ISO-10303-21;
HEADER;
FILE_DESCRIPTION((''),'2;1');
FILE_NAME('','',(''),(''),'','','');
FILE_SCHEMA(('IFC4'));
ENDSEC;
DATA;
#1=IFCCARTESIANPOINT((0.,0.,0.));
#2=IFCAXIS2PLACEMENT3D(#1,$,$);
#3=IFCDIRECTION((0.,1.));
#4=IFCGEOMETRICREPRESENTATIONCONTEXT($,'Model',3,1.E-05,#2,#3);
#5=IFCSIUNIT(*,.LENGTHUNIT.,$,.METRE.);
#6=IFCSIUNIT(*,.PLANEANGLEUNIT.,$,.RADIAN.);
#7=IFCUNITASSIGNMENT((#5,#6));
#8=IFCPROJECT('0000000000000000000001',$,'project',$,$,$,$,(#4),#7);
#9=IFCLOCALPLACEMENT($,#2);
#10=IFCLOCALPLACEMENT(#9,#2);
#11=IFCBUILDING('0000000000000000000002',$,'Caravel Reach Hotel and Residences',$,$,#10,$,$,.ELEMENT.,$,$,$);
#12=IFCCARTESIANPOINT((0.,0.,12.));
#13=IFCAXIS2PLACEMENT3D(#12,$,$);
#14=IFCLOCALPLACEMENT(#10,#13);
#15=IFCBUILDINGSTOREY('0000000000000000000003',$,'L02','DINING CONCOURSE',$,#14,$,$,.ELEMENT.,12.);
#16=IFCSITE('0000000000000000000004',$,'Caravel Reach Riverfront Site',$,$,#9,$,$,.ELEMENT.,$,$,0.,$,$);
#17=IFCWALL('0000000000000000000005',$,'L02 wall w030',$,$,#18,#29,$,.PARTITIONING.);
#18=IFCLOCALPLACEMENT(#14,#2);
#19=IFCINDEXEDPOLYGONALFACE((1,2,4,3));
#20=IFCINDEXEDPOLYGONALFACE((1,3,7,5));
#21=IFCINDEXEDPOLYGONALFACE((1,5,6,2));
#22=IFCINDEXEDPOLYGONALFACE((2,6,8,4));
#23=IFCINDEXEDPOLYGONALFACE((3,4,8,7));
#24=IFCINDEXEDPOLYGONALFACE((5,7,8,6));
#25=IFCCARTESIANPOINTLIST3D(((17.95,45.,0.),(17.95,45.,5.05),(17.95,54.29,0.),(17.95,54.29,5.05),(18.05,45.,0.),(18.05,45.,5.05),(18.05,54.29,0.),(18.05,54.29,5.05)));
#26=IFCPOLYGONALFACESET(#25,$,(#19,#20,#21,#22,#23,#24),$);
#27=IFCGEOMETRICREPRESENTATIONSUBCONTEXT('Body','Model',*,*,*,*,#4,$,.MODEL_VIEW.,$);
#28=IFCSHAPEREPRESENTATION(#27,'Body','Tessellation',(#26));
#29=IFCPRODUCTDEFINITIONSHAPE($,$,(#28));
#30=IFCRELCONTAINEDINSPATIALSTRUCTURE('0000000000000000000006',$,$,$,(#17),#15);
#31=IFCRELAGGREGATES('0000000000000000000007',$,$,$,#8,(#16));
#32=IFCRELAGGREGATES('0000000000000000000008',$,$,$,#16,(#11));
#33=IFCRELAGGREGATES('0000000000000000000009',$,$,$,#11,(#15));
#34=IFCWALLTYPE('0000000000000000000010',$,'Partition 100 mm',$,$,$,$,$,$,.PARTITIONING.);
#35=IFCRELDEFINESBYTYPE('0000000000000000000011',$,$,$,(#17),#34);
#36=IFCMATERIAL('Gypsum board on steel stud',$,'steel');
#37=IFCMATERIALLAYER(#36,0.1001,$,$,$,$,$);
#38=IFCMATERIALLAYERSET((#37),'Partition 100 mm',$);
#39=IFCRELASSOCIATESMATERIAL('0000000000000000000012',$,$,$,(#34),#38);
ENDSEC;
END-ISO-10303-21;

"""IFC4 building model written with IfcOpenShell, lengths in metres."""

from ifc_helpers import new_model, si_unit, direction, frame, frame_2d, origin, place, context, subcontext, project, spatial, rectangle, extrude, material, layer, layer_set, type_object, element, save


model = new_model("IFC4")

# Units and contexts
model_context = context("Model", 3, precision=1e-05, world=origin(), true_north=direction((0.0, 1.0)))
body_context = subcontext(model_context, "Body", "Model", "MODEL_VIEW")
ifc_project = project(units=[si_unit("LENGTHUNIT", "METRE"), si_unit("PLANEANGLEUNIT", "RADIAN")], contexts=[model_context])

# Site, building, storey
site_placement = place(None, origin())
site = spatial("IfcSite", under=ifc_project, at=site_placement, Name="Caravel Reach Riverfront Site", CompositionType="ELEMENT", RefElevation=0.0)
building_placement = place(site_placement, origin())
building = spatial("IfcBuilding", under=site, at=building_placement, Name="Caravel Reach Hotel and Residences", CompositionType="ELEMENT")
storey_placement = place(building_placement, frame((0.0, 0.0, 12.0)))
storey = spatial("IfcBuildingStorey", under=building, at=storey_placement, Name="L02", Description="DINING CONCOURSE", CompositionType="ELEMENT", Elevation=12.0)

# Wall
ifc_material_1 = material(Name="Gypsum board on steel stud", Category="steel")
ifc_layer_1 = layer(ifc_material_1, 0.1001)
ifc_layer_set_1 = layer_set([ifc_layer_1], Name="Partition 100 mm")
wall_type_1 = type_object("IfcWallType", Name="Partition 100 mm", PredefinedType="PARTITIONING", material=ifc_layer_set_1)
wall_1_placement = place(storey_placement, frame((18.0, 45.0, 0.0), z_axis=(0.0, 0.0, 1.0), x_axis=(0.0, 1.0, 0.0)))
element("IfcWall", 1, at=wall_1_placement, inside=storey, type_object=wall_type_1, Name="L02 wall w030", PredefinedType="PARTITIONING", context=body_context, shape_type="SweptSolid", body=[
    extrude(rectangle(XDim=9.29, YDim=0.1001, at=frame_2d((4.645, 0.0))), origin(), (0.0, 0.0, 1.0), 5.05),
])

save(model, "model.ifc")
